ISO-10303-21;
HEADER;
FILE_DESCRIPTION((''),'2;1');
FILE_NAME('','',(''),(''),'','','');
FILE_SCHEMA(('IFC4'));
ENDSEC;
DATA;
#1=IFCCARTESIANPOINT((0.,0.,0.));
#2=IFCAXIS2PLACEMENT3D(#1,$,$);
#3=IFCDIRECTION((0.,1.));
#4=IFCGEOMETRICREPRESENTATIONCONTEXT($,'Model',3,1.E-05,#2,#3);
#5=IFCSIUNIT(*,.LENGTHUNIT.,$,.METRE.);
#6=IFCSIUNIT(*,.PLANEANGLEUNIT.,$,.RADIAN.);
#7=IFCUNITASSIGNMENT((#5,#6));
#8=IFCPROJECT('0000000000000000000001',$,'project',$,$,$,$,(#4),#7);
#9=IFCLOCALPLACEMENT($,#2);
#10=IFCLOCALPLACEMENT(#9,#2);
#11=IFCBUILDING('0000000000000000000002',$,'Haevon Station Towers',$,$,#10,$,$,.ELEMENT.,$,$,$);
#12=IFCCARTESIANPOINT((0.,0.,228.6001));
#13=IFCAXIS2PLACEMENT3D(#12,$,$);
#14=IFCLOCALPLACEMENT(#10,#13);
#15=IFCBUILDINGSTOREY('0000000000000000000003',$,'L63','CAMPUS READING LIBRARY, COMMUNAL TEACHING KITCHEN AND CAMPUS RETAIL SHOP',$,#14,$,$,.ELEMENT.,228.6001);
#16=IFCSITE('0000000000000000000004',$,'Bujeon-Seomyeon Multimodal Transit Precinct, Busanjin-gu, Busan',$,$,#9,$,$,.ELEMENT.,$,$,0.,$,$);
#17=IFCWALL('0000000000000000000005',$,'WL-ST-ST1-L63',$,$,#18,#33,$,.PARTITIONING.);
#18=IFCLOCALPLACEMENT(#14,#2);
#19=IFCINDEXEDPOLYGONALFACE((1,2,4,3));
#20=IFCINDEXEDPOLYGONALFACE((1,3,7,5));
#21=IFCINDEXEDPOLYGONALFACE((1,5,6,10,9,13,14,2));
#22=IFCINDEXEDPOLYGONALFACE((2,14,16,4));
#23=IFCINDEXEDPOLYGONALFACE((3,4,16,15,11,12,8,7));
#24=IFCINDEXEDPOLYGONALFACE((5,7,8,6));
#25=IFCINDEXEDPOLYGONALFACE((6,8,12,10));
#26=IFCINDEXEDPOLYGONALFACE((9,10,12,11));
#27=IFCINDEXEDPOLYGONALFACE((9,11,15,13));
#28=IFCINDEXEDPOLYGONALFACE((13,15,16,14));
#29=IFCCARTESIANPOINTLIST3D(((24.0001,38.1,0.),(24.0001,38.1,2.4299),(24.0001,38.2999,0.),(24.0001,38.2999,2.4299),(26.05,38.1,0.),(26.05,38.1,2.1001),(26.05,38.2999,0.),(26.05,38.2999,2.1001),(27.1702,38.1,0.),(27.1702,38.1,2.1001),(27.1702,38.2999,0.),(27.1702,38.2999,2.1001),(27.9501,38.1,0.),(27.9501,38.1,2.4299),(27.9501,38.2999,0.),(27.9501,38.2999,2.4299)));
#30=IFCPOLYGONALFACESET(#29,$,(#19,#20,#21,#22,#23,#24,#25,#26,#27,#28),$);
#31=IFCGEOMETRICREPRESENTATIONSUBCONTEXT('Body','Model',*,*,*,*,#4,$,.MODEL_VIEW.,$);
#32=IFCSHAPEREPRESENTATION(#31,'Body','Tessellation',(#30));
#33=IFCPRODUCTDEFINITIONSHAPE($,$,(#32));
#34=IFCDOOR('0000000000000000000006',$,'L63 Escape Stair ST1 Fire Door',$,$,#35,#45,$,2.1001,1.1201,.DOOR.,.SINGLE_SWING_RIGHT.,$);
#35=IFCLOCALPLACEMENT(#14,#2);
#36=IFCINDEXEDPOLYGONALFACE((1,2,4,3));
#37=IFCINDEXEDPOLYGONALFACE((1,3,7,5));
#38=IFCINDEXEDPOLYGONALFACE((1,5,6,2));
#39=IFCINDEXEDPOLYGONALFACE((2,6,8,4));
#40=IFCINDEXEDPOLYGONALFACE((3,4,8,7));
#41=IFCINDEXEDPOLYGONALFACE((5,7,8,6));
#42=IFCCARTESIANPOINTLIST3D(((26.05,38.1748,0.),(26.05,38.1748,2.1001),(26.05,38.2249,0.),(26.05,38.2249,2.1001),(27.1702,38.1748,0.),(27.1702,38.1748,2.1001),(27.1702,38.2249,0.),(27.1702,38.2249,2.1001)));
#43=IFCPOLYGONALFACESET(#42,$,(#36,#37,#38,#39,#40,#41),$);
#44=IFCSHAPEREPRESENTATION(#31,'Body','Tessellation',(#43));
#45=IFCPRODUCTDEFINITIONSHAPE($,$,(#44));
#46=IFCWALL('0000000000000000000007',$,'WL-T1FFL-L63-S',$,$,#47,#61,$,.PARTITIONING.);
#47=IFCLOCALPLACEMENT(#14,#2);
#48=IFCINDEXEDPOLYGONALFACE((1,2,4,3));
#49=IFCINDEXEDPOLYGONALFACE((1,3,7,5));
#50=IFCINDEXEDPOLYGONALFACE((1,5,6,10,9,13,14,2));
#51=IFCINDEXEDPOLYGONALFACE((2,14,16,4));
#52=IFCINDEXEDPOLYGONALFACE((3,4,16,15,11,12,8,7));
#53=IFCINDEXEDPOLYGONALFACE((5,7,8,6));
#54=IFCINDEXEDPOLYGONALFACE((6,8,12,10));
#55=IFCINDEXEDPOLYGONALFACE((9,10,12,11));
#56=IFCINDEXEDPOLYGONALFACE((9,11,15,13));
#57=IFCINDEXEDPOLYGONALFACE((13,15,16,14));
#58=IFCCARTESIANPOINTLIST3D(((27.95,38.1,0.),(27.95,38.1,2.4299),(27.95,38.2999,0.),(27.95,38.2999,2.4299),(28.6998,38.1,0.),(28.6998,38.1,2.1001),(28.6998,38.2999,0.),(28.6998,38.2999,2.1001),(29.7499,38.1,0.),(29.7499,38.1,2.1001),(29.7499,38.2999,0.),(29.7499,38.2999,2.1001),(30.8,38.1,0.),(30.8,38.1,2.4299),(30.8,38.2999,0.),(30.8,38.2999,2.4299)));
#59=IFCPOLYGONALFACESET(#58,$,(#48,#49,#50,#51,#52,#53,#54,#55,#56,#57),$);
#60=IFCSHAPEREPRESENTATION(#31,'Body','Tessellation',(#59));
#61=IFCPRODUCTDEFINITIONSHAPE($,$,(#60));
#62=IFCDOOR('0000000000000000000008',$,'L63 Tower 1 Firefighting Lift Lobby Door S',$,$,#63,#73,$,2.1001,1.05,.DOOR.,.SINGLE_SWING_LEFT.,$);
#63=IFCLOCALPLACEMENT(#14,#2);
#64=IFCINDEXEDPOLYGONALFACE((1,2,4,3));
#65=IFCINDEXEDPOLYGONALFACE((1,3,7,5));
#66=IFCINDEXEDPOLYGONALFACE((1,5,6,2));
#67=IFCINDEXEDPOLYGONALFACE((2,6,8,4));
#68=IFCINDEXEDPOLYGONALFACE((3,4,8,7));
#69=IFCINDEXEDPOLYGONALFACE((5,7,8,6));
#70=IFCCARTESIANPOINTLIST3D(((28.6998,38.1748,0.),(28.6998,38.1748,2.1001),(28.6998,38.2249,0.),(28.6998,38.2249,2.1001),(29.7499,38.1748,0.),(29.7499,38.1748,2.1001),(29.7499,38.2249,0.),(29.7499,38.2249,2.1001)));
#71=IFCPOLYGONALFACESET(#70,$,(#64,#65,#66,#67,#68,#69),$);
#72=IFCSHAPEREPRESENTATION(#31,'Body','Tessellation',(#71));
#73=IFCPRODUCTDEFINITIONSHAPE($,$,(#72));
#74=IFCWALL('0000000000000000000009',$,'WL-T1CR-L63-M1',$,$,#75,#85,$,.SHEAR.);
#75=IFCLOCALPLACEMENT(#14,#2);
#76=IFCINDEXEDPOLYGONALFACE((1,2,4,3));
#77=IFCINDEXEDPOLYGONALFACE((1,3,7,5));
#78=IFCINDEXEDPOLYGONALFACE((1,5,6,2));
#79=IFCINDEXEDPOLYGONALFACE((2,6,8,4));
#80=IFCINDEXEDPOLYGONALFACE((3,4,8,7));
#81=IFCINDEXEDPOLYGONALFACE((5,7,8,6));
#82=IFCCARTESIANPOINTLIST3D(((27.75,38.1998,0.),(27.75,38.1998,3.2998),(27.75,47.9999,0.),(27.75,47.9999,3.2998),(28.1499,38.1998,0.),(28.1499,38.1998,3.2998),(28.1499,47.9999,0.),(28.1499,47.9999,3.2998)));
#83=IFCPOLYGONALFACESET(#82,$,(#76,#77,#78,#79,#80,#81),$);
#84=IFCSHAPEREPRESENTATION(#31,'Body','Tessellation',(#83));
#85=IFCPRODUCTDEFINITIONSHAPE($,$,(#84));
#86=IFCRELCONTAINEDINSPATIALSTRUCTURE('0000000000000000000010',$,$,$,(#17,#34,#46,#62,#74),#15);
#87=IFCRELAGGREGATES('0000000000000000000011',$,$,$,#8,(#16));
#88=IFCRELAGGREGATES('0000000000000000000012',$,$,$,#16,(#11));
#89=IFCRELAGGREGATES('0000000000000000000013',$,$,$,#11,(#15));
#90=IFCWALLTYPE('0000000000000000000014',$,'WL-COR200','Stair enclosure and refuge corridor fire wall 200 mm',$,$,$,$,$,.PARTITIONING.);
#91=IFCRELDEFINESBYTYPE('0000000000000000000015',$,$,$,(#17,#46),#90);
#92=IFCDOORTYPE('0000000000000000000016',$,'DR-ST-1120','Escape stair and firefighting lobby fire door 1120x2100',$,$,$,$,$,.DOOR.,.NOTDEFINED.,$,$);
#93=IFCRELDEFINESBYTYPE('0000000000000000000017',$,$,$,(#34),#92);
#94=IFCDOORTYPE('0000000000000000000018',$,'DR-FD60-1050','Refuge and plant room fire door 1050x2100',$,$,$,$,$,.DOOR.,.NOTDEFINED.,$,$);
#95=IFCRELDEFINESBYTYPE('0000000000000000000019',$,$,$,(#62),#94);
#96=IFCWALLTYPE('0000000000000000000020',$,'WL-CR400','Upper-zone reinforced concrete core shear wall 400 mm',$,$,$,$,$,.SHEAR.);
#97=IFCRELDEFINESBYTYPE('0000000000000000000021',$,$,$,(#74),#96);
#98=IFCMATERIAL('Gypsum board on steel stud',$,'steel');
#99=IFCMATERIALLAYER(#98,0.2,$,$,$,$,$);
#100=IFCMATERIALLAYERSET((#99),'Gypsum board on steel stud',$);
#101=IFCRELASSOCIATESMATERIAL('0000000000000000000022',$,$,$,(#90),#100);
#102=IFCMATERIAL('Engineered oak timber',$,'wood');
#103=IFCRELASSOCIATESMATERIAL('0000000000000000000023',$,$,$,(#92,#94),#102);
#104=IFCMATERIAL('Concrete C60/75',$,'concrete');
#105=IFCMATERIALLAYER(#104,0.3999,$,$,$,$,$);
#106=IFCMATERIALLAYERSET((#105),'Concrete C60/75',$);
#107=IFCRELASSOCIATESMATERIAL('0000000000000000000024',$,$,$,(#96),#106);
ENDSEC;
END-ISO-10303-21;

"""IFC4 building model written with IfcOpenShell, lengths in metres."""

from ifc_helpers import new_model, si_unit, direction, frame, frame_2d, origin, place, context, subcontext, project, spatial, rectangle, extrude, material, layer, layer_set, type_object, element, fill, save


model = new_model("IFC4")

# Units and contexts
model_context = context("Model", 3, precision=1e-05, world=origin(), true_north=direction((0.0, 1.0)))
body_context = subcontext(model_context, "Body", "Model", "MODEL_VIEW")
ifc_project = project(units=[si_unit("LENGTHUNIT", "METRE"), si_unit("PLANEANGLEUNIT", "RADIAN")], contexts=[model_context])

# Site, building, storey
site_placement = place(None, origin())
site = spatial("IfcSite", under=ifc_project, at=site_placement, Name="Bujeon-Seomyeon Multimodal Transit Precinct, Busanjin-gu, Busan", CompositionType="ELEMENT", RefElevation=0.0)
building_placement = place(site_placement, origin())
building = spatial("IfcBuilding", under=site, at=building_placement, Name="Haevon Station Towers", CompositionType="ELEMENT")
storey_placement = place(building_placement, frame((0.0, 0.0, 228.6001)))
storey = spatial("IfcBuildingStorey", under=building, at=storey_placement, Name="L63", Description="CAMPUS READING LIBRARY, COMMUNAL TEACHING KITCHEN AND CAMPUS RETAIL SHOP", CompositionType="ELEMENT", Elevation=228.6001)

# Walls, openings, doors
ifc_material_1 = material(Name="Gypsum board on steel stud", Category="steel")
ifc_layer_1 = layer(ifc_material_1, 0.2)
ifc_layer_set_1 = layer_set([ifc_layer_1], Name="Gypsum board on steel stud")
wall_type_1 = type_object("IfcWallType", Name="WL-COR200", Description="Stair enclosure and refuge corridor fire wall 200 mm", PredefinedType="PARTITIONING", material=ifc_layer_set_1)
wall_1_placement = place(storey_placement, frame((24.0, 38.2, 0.0), z_axis=(0.0, 0.0, 1.0), x_axis=(1.0, 0.0, 0.0)))
wall_1 = element("IfcWall", 1, at=wall_1_placement, inside=storey, type_object=wall_type_1, Name="WL-ST-ST1-L63", PredefinedType="PARTITIONING", context=body_context, shape_type="SweptSolid", body=[
    extrude(rectangle(XDim=3.95, YDim=0.2, at=frame_2d((1.9751, 0.0))), origin(), (0.0, 0.0, 1.0), 2.4299),
])
opening_1_placement = place(wall_1_placement, frame((2.05, 0.0, 0.0)))
opening_1 = element("IfcOpeningElement", 2, at=opening_1_placement, cuts=wall_1, PredefinedType="OPENING", context=body_context, shape_type="SweptSolid", body=[
    extrude(rectangle(XDim=1.1201, YDim=2.1001, at=frame_2d((0.5601, 1.05))), frame((0.0, 0.1099, 0.0), z_axis=(0.0, -1.0, 0.0), x_axis=(1.0, 0.0, 0.0)), (0.0, 0.0, 1.0), 0.22),
])
ifc_material_2 = material(Name="Engineered oak timber", Category="wood")
door_type_1 = type_object("IfcDoorType", Name="DR-ST-1120", Description="Escape stair and firefighting lobby fire door 1120x2100", OperationType="NOTDEFINED", PredefinedType="DOOR", material=ifc_material_2)
door_1_placement = place(opening_1_placement, origin())
door_1 = element("IfcDoor", 3, at=door_1_placement, inside=storey, type_object=door_type_1, Name="L63 Escape Stair ST1 Fire Door", OperationType="SINGLE_SWING_RIGHT", OverallHeight=2.1001, OverallWidth=1.1201, PredefinedType="DOOR", context=body_context, shape_type="SweptSolid", body=[
    extrude(rectangle(XDim=1.1201, YDim=2.1001, at=frame_2d((0.5601, 1.05))), frame((0.0, 0.0249, 0.0), z_axis=(0.0, -1.0, 0.0), x_axis=(1.0, 0.0, 0.0)), (0.0, 0.0, 1.0), 0.05),
])
fill(opening_1, door_1)
wall_2_placement = place(storey_placement, frame((27.95, 38.2, 0.0), z_axis=(0.0, 0.0, 1.0), x_axis=(1.0, 0.0, 0.0)))
wall_2 = element("IfcWall", 4, at=wall_2_placement, inside=storey, type_object=wall_type_1, Name="WL-T1FFL-L63-S", PredefinedType="PARTITIONING", context=body_context, shape_type="SweptSolid", body=[
    extrude(rectangle(XDim=2.8501, YDim=0.2, at=frame_2d((1.425, 0.0))), origin(), (0.0, 0.0, 1.0), 2.4299),
])
opening_2_placement = place(wall_2_placement, frame((0.75, 0.0, 0.0)))
opening_2 = element("IfcOpeningElement", 5, at=opening_2_placement, cuts=wall_2, PredefinedType="OPENING", context=body_context, shape_type="SweptSolid", body=[
    extrude(rectangle(XDim=1.05, YDim=2.1001, at=frame_2d((0.5249, 1.05))), frame((0.0, 0.1099, 0.0), z_axis=(0.0, -1.0, 0.0), x_axis=(1.0, 0.0, 0.0)), (0.0, 0.0, 1.0), 0.22),
])
door_type_2 = type_object("IfcDoorType", Name="DR-FD60-1050", Description="Refuge and plant room fire door 1050x2100", OperationType="NOTDEFINED", PredefinedType="DOOR", material=ifc_material_2)
door_2_placement = place(opening_2_placement, origin())
door_2 = element("IfcDoor", 6, at=door_2_placement, inside=storey, type_object=door_type_2, Name="L63 Tower 1 Firefighting Lift Lobby Door S", OperationType="SINGLE_SWING_LEFT", OverallHeight=2.1001, OverallWidth=1.05, PredefinedType="DOOR", context=body_context, shape_type="SweptSolid", body=[
    extrude(rectangle(XDim=1.05, YDim=2.1001, at=frame_2d((0.5249, 1.05))), frame((0.0, 0.0249, 0.0), z_axis=(0.0, -1.0, 0.0), x_axis=(1.0, 0.0, 0.0)), (0.0, 0.0, 1.0), 0.05),
])
fill(opening_2, door_2)

# Wall
ifc_material_3 = material(Name="Concrete C60/75", Category="concrete")
ifc_layer_2 = layer(ifc_material_3, 0.3999)
ifc_layer_set_2 = layer_set([ifc_layer_2], Name="Concrete C60/75")
wall_type_2 = type_object("IfcWallType", Name="WL-CR400", Description="Upper-zone reinforced concrete core shear wall 400 mm", PredefinedType="SHEAR", material=ifc_layer_set_2)
wall_3_placement = place(storey_placement, frame((27.95, 38.2, 0.0), z_axis=(0.0, 0.0, 1.0), x_axis=(0.0, 1.0, 0.0)))
element("IfcWall", 7, at=wall_3_placement, inside=storey, type_object=wall_type_2, Name="WL-T1CR-L63-M1", PredefinedType="SHEAR", context=body_context, shape_type="SweptSolid", body=[
    extrude(rectangle(XDim=9.8, YDim=0.3999, at=frame_2d((4.8999, 0.0))), origin(), (0.0, 0.0, 1.0), 3.2998),
])

save(model, "model.ifc")
